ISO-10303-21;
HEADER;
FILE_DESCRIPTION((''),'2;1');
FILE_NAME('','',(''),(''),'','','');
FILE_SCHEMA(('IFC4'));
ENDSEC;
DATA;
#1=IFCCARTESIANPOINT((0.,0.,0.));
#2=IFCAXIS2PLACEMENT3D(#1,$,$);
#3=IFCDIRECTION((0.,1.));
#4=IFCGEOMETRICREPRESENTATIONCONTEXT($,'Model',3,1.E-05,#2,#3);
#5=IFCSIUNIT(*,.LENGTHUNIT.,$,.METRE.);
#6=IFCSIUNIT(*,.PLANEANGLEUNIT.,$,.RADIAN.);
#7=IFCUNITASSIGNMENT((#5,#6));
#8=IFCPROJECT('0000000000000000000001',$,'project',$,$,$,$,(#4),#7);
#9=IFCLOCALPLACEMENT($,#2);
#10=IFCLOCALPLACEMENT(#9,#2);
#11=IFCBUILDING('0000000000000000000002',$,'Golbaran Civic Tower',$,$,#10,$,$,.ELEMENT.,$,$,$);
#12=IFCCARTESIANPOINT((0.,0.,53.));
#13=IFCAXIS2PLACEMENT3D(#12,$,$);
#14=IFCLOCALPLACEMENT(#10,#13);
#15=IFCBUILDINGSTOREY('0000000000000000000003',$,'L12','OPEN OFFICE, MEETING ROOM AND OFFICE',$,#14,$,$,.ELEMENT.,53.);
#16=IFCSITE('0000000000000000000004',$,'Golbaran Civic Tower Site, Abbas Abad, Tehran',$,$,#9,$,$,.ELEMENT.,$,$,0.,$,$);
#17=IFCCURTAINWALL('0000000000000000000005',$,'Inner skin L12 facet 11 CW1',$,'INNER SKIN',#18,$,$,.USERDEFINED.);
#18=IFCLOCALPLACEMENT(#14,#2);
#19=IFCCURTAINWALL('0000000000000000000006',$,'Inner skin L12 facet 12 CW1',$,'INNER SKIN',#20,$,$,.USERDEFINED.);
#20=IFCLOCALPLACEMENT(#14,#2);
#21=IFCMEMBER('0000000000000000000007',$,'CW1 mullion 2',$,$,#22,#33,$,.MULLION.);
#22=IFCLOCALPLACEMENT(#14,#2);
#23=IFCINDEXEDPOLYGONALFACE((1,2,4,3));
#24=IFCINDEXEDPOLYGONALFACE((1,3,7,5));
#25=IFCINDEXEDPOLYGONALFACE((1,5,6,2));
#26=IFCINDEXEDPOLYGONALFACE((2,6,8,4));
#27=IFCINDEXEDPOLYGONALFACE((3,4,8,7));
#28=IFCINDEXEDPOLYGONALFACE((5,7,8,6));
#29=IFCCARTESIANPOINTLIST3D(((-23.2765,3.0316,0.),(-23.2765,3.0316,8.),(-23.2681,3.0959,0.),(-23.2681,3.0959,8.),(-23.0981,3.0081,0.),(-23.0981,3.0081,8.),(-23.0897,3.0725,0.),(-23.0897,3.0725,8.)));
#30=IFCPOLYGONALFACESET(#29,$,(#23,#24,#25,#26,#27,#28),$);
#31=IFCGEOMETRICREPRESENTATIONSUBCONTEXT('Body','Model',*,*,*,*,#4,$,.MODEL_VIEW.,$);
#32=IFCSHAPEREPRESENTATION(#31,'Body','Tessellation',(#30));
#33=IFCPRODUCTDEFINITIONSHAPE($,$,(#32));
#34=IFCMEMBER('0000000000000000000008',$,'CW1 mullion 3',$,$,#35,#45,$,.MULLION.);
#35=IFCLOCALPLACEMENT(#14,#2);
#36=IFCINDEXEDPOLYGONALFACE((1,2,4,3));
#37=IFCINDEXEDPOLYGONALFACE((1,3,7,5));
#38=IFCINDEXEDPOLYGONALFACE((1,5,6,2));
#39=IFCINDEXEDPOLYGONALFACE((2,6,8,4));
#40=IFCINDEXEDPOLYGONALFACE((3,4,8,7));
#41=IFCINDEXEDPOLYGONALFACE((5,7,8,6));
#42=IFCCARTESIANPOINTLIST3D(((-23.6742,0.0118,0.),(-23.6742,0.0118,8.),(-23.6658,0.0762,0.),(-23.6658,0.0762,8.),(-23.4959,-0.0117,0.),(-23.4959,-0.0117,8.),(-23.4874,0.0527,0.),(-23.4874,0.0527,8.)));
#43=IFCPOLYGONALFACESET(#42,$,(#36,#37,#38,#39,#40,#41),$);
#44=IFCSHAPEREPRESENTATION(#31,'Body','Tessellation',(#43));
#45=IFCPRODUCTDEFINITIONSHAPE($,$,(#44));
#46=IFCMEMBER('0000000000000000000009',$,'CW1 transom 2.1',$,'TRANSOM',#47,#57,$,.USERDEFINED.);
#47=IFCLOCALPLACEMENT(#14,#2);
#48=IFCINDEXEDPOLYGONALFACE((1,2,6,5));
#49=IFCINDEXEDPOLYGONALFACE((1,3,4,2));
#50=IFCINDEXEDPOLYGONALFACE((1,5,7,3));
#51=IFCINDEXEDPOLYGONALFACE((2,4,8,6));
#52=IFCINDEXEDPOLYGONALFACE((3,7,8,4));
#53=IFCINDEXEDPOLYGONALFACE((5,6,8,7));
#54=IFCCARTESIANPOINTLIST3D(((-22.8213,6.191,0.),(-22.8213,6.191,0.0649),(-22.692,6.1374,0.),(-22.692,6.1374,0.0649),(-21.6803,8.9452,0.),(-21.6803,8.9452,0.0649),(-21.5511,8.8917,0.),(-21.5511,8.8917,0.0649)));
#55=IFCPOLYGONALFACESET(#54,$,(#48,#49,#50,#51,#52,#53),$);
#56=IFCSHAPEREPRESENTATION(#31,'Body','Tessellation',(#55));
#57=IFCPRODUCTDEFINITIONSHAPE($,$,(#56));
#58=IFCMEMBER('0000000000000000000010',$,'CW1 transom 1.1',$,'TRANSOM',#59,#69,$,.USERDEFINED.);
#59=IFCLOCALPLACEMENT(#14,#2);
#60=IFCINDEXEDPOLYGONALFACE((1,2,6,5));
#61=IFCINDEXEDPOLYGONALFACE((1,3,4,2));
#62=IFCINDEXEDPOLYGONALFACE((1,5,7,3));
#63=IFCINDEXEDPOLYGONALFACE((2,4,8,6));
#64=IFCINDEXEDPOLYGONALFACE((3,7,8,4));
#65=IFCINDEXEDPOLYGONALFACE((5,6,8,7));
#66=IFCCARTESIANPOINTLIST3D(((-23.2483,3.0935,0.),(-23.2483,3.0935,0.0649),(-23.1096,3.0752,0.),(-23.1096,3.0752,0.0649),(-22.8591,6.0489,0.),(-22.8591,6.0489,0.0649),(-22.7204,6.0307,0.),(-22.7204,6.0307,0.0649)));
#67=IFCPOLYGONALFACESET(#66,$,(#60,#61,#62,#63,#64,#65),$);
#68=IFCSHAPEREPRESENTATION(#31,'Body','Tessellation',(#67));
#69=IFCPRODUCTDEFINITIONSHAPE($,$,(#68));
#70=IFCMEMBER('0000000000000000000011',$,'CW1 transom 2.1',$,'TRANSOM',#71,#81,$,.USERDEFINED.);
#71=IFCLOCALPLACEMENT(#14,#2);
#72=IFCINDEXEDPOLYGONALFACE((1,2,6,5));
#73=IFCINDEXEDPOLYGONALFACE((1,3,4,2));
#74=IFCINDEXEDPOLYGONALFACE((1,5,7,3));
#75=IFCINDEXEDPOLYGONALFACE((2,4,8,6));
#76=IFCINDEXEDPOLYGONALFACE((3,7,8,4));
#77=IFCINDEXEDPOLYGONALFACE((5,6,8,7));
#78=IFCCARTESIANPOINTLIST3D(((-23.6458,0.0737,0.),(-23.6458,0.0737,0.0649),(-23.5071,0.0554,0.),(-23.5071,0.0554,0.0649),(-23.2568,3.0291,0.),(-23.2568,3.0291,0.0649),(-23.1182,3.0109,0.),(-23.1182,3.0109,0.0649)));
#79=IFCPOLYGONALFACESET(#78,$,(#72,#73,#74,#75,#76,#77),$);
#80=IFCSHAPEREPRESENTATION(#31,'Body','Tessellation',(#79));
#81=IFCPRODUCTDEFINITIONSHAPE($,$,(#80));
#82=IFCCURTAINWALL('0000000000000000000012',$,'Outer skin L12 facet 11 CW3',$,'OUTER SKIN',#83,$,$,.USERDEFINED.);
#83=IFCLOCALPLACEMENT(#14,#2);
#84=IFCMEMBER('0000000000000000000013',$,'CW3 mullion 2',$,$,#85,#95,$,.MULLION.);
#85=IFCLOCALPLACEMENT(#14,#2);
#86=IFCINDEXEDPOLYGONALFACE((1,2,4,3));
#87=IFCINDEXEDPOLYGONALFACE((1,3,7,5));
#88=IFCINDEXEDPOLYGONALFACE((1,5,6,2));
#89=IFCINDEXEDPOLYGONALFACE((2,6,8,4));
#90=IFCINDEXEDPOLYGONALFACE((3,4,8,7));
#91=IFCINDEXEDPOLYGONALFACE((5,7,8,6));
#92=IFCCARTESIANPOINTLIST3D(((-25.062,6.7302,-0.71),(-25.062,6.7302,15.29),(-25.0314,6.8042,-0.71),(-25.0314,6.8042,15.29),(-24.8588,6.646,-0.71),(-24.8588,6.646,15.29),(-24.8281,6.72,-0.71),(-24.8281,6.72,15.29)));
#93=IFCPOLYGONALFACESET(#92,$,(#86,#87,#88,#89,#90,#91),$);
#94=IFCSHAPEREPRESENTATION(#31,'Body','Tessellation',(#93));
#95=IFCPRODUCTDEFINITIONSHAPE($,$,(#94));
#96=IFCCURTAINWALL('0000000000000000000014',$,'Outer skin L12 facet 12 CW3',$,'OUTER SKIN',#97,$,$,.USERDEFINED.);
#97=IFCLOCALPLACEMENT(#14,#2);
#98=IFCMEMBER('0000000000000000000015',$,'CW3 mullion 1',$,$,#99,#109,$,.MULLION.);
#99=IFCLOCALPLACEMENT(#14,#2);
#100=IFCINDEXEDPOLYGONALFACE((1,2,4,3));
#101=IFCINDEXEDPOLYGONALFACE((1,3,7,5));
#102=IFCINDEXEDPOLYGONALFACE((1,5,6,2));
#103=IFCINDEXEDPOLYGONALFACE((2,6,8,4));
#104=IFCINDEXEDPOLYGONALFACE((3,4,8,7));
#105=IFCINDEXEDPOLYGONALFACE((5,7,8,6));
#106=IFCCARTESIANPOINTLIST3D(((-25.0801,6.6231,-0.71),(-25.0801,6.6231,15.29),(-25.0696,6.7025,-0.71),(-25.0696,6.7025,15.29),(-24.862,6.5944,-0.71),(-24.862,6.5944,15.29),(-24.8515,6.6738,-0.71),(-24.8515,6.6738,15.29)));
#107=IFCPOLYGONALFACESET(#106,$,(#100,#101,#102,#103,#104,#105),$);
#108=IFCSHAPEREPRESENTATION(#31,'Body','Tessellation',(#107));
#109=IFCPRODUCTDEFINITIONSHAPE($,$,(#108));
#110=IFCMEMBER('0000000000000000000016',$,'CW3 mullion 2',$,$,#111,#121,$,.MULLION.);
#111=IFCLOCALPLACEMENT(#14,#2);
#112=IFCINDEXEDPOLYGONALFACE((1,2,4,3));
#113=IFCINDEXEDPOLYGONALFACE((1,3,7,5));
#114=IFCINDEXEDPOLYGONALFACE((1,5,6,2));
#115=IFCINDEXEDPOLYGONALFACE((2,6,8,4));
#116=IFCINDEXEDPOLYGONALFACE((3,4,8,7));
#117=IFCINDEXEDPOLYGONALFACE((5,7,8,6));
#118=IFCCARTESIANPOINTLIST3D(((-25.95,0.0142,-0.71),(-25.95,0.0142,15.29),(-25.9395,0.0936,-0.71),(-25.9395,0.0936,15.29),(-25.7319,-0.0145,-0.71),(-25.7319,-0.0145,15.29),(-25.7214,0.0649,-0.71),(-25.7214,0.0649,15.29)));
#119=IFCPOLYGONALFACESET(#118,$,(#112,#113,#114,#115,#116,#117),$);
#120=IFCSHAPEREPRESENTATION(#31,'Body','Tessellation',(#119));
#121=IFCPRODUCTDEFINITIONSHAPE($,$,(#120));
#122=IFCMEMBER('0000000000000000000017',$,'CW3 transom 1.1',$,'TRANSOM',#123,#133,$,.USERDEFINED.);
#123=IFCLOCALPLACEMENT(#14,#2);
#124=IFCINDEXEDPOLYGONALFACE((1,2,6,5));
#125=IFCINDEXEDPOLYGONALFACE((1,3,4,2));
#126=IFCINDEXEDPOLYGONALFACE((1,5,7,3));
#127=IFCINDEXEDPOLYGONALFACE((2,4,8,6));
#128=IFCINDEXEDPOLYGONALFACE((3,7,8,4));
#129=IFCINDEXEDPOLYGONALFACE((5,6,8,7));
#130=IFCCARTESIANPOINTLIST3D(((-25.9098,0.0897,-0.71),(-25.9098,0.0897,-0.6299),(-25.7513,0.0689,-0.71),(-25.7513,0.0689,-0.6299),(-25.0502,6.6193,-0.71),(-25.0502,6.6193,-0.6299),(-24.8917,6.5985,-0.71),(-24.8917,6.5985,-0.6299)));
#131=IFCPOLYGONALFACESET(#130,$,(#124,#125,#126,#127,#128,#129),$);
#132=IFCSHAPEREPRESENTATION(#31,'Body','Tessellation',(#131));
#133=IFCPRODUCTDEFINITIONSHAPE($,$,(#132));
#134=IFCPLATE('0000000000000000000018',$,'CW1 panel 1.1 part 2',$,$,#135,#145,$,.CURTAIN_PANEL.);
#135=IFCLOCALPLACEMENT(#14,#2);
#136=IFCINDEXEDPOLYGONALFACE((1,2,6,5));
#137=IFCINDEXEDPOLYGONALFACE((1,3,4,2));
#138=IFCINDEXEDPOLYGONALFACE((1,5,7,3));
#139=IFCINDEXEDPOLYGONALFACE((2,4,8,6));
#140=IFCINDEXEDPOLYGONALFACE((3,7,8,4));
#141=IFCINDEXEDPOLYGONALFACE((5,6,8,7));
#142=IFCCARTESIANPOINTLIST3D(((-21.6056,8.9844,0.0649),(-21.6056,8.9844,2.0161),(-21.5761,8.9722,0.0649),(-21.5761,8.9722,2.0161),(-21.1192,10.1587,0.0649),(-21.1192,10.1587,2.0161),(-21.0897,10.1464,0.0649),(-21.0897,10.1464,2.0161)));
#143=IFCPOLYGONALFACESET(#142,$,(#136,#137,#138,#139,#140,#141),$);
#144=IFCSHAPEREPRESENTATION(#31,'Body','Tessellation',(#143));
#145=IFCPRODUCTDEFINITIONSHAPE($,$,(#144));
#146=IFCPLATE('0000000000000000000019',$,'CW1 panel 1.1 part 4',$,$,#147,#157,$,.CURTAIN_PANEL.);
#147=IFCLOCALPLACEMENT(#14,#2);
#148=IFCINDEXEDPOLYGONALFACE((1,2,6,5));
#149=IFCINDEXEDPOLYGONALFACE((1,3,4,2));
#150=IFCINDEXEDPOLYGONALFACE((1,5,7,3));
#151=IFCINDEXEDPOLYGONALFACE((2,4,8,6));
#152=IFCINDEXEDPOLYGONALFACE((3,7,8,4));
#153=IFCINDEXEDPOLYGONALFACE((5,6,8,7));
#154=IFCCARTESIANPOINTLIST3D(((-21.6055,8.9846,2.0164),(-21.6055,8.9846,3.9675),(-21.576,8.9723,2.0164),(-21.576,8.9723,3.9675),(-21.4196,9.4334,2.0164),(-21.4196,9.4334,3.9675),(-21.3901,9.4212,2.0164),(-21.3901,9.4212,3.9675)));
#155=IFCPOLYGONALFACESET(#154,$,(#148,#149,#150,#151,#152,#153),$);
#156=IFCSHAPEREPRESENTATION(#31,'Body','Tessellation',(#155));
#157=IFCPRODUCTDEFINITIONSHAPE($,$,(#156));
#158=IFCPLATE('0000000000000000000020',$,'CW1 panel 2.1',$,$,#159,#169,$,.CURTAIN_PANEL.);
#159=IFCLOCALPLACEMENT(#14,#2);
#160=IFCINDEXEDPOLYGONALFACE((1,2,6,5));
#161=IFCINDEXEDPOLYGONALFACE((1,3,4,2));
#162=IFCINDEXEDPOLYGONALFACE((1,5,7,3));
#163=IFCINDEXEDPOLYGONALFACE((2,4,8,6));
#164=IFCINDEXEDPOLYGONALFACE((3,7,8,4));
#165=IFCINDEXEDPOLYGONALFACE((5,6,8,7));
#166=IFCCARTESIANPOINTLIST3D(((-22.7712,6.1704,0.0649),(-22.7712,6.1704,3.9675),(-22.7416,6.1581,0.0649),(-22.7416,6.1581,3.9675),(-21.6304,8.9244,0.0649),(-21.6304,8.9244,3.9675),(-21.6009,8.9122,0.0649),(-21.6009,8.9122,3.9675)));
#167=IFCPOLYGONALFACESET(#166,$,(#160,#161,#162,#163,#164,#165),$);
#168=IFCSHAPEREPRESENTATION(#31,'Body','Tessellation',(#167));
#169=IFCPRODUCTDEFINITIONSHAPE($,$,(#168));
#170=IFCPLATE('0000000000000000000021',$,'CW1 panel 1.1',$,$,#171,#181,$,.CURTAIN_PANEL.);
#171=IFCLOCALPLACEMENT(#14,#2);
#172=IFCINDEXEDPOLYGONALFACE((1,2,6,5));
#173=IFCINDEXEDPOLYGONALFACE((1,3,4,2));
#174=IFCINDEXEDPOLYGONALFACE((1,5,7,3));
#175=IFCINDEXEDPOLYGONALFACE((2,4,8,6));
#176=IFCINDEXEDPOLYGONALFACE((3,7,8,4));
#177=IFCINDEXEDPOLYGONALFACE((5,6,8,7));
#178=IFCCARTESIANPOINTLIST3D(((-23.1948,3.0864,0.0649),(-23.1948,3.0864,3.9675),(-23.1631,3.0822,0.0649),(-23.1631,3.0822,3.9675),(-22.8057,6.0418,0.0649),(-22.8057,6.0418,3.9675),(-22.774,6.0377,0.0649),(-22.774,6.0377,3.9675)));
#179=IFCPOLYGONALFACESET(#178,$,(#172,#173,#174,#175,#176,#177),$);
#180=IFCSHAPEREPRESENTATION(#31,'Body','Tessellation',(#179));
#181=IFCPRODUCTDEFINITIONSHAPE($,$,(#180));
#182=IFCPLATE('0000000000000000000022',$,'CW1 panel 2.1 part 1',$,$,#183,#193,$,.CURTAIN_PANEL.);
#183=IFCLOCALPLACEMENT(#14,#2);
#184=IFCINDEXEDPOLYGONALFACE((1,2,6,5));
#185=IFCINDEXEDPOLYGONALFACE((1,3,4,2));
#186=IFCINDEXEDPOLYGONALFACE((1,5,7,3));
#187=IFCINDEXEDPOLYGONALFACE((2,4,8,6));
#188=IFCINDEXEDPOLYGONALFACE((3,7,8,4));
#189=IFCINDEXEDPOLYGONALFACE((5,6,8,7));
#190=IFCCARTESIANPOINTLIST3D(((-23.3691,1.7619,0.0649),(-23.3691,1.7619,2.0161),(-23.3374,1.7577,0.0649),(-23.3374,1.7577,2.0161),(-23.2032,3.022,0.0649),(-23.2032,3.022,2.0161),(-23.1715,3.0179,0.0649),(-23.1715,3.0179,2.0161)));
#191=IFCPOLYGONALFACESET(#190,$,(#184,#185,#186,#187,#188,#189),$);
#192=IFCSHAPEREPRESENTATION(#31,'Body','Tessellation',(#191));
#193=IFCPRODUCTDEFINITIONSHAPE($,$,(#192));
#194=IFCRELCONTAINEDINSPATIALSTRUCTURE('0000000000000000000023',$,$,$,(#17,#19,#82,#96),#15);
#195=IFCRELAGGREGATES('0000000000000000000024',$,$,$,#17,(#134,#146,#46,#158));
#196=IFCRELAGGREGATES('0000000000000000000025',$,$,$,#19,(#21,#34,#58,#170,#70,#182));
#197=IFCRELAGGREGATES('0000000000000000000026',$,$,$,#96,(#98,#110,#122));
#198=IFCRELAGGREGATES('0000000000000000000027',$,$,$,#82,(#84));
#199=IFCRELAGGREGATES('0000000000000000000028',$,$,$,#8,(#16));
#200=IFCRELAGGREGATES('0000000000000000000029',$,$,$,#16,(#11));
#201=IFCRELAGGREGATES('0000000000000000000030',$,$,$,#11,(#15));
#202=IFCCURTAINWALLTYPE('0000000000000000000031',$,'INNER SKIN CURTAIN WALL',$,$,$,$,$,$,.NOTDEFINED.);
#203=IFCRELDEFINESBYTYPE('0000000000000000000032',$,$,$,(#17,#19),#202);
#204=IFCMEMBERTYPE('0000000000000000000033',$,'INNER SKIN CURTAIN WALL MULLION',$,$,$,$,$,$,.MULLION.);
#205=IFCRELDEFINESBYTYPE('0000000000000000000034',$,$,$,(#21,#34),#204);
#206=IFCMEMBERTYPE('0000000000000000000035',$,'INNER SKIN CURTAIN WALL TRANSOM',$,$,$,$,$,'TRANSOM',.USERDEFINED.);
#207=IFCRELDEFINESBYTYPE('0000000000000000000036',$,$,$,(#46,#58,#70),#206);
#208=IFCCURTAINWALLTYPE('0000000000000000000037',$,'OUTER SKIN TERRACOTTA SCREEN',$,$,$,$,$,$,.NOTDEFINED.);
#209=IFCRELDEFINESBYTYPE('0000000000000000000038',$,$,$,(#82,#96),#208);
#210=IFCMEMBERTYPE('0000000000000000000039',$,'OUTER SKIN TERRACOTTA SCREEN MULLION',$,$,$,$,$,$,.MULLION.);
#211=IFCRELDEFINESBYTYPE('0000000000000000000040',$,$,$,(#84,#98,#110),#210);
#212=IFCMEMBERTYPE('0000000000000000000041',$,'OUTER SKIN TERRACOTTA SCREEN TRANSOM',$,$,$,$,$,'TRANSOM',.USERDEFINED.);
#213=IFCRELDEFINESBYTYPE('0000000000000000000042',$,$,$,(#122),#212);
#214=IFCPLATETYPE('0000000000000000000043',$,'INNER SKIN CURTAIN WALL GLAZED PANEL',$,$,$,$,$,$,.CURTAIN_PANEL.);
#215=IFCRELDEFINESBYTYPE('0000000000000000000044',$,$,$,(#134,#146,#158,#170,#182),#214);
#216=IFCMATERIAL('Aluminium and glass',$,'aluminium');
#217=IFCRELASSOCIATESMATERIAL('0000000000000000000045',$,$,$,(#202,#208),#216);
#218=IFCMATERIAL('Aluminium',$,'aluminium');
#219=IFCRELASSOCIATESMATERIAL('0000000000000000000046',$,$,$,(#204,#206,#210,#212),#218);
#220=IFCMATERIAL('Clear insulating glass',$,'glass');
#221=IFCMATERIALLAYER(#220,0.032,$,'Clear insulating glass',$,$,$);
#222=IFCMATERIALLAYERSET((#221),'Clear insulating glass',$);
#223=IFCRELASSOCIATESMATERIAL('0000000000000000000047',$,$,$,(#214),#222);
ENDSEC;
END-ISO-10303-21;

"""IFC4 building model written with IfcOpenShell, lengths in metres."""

from ifc_helpers import new_model, si_unit, direction, frame, origin, origin_2d, place, context, subcontext, project, spatial, rectangle, extrude, material, layer, layer_set, material_profile, profile_set, type_object, element, aggregate, save


model = new_model("IFC4")

# Units and contexts
model_context = context("Model", 3, precision=1e-05, world=origin(), true_north=direction((0.0, 1.0)))
body_context = subcontext(model_context, "Body", "Model", "MODEL_VIEW")
ifc_project = project(units=[si_unit("LENGTHUNIT", "METRE"), si_unit("PLANEANGLEUNIT", "RADIAN")], contexts=[model_context])

# Site, building, storey
site_placement = place(None, origin())
site = spatial("IfcSite", under=ifc_project, at=site_placement, Name="Golbaran Civic Tower Site, Abbas Abad, Tehran", CompositionType="ELEMENT", RefElevation=0.0)
building_placement = place(site_placement, origin())
building = spatial("IfcBuilding", under=site, at=building_placement, Name="Golbaran Civic Tower", CompositionType="ELEMENT")
storey_placement = place(building_placement, frame((0.0, 0.0, 53.0)))
storey = spatial("IfcBuildingStorey", under=building, at=storey_placement, Name="L12", Description="OPEN OFFICE, MEETING ROOM AND OFFICE", CompositionType="ELEMENT", Elevation=53.0)

# Curtain walls, members
ifc_material_1 = material(Name="Aluminium and glass", Category="aluminium")
curtain_wall_type_1 = type_object("IfcCurtainWallType", Name="INNER SKIN CURTAIN WALL", PredefinedType="NOTDEFINED", material=ifc_material_1)
curtain_wall_1_placement = place(storey_placement, origin())
curtain_wall_1 = element("IfcCurtainWall", 1, at=curtain_wall_1_placement, inside=storey, type_object=curtain_wall_type_1, Name="Inner skin L12 facet 11 CW1", ObjectType="INNER SKIN", PredefinedType="USERDEFINED")
ifc_material_2 = material(Name="Aluminium", Category="aluminium")
ifc_material_profile_1 = material_profile(ifc_material_2, rectangle(XDim=0.1799, YDim=0.0649, at=origin_2d()), Name="INNER SKIN CURTAIN WALL MULLION")
ifc_profile_set_1 = profile_set([ifc_material_profile_1], Name="Aluminium")
member_type_1 = type_object("IfcMemberType", Name="INNER SKIN CURTAIN WALL MULLION", PredefinedType="MULLION", material=ifc_profile_set_1)
curtain_wall_2_placement = place(storey_placement, origin())
curtain_wall_2 = element("IfcCurtainWall", 2, at=curtain_wall_2_placement, inside=storey, type_object=curtain_wall_type_1, Name="Inner skin L12 facet 12 CW1", ObjectType="INNER SKIN", PredefinedType="USERDEFINED")
member_1_placement = place(storey_placement, frame((-23.1831, 3.052, 0.0), z_axis=(0.0, 0.0, 1.0), x_axis=(0.991445, -0.130526, 0.0)))
member_1 = element("IfcMember", 3, at=member_1_placement, type_object=member_type_1, Name="CW1 mullion 2", PredefinedType="MULLION", context=body_context, shape_type="SweptSolid", body=[
    extrude(rectangle(XDim=0.1799, YDim=0.0649, at=origin_2d()), origin(), (0.0, 0.0, 1.0), 8.0),
])
member_2_placement = place(storey_placement, frame((-23.5808, 0.0322, 0.0), z_axis=(0.0, 0.0, 1.0), x_axis=(0.991445, -0.130526, 0.0)))
member_2 = element("IfcMember", 4, at=member_2_placement, type_object=member_type_1, Name="CW1 mullion 3", PredefinedType="MULLION", context=body_context, shape_type="SweptSolid", body=[
    extrude(rectangle(XDim=0.1799, YDim=0.0649, at=origin_2d()), origin(), (0.0, 0.0, 1.0), 8.0),
])

# Members
ifc_material_profile_2 = material_profile(ifc_material_2, rectangle(XDim=0.1399, YDim=0.0649, at=origin_2d()), Name="INNER SKIN CURTAIN WALL TRANSOM")
ifc_profile_set_2 = profile_set([ifc_material_profile_2], Name="Aluminium")
member_type_2 = type_object("IfcMemberType", Name="INNER SKIN CURTAIN WALL TRANSOM", ElementType="TRANSOM", PredefinedType="USERDEFINED", material=ifc_profile_set_2)
member_3_placement = place(storey_placement, frame((-21.6157, 8.9185, 0.0325), z_axis=(-0.382701, -0.923872, 0.0), x_axis=(0.923872, -0.382701, 0.0)))
member_3 = element("IfcMember", 5, at=member_3_placement, type_object=member_type_2, Name="CW1 transom 2.1", ObjectType="TRANSOM", PredefinedType="USERDEFINED", context=body_context, shape_type="SweptSolid", body=[
    extrude(rectangle(XDim=0.1399, YDim=0.0649, at=origin_2d()), origin(), (0.0, 0.0, 1.0), 2.9812),
])
member_4_placement = place(storey_placement, frame((-22.7898, 6.0398, 0.0325), z_axis=(-0.130543, -0.991443, 0.0), x_axis=(0.991443, -0.130543, 0.0)))
member_4 = element("IfcMember", 6, at=member_4_placement, type_object=member_type_2, Name="CW1 transom 1.1", ObjectType="TRANSOM", PredefinedType="USERDEFINED", context=body_context, shape_type="SweptSolid", body=[
    extrude(rectangle(XDim=0.1399, YDim=0.0649, at=origin_2d()), origin(), (0.0, 0.0, 1.0), 2.981),
])
member_5_placement = place(storey_placement, frame((-23.1875, 3.02, 0.0325), z_axis=(-0.130463, -0.991453, 0.0), x_axis=(0.991453, -0.130463, 0.0)))
member_5 = element("IfcMember", 7, at=member_5_placement, type_object=member_type_2, Name="CW1 transom 2.1", ObjectType="TRANSOM", PredefinedType="USERDEFINED", context=body_context, shape_type="SweptSolid", body=[
    extrude(rectangle(XDim=0.1399, YDim=0.0649, at=origin_2d()), origin(), (0.0, 0.0, 1.0), 2.981),
])

# Curtain wall, member
curtain_wall_type_2 = type_object("IfcCurtainWallType", Name="OUTER SKIN TERRACOTTA SCREEN", PredefinedType="NOTDEFINED", material=ifc_material_1)
curtain_wall_3_placement = place(storey_placement, origin())
curtain_wall_3 = element("IfcCurtainWall", 8, at=curtain_wall_3_placement, inside=storey, type_object=curtain_wall_type_2, Name="Outer skin L12 facet 11 CW3", ObjectType="OUTER SKIN", PredefinedType="USERDEFINED")
ifc_material_profile_3 = material_profile(ifc_material_2, rectangle(XDim=0.22, YDim=0.0801, at=origin_2d()), Name="OUTER SKIN TERRACOTTA SCREEN MULLION")
ifc_profile_set_3 = profile_set([ifc_material_profile_3], Name="Aluminium")
member_type_3 = type_object("IfcMemberType", Name="OUTER SKIN TERRACOTTA SCREEN MULLION", PredefinedType="MULLION", material=ifc_profile_set_3)
member_6_placement = place(storey_placement, frame((-24.9451, 6.7251, -0.71), z_axis=(0.0, 0.0, 1.0), x_axis=(0.92388, -0.382683, 0.0)))
member_6 = element("IfcMember", 9, at=member_6_placement, type_object=member_type_3, Name="CW3 mullion 2", PredefinedType="MULLION", context=body_context, shape_type="SweptSolid", body=[
    extrude(rectangle(XDim=0.22, YDim=0.0801, at=origin_2d()), origin(), (0.0, 0.0, 1.0), 16.0),
])

# Curtain wall, members
curtain_wall_4_placement = place(storey_placement, origin())
curtain_wall_4 = element("IfcCurtainWall", 10, at=curtain_wall_4_placement, inside=storey, type_object=curtain_wall_type_2, Name="Outer skin L12 facet 12 CW3", ObjectType="OUTER SKIN", PredefinedType="USERDEFINED")
member_7_placement = place(storey_placement, frame((-24.9658, 6.6484, -0.71), z_axis=(0.0, 0.0, 1.0), x_axis=(0.991445, -0.130526, 0.0)))
member_7 = element("IfcMember", 11, at=member_7_placement, type_object=member_type_3, Name="CW3 mullion 1", PredefinedType="MULLION", context=body_context, shape_type="SweptSolid", body=[
    extrude(rectangle(XDim=0.22, YDim=0.0801, at=origin_2d()), origin(), (0.0, 0.0, 1.0), 16.0),
])
member_8_placement = place(storey_placement, frame((-25.8357, 0.0396, -0.71), z_axis=(0.0, 0.0, 1.0), x_axis=(0.991445, -0.130526, 0.0)))
member_8 = element("IfcMember", 12, at=member_8_placement, type_object=member_type_3, Name="CW3 mullion 2", PredefinedType="MULLION", context=body_context, shape_type="SweptSolid", body=[
    extrude(rectangle(XDim=0.22, YDim=0.0801, at=origin_2d()), origin(), (0.0, 0.0, 1.0), 16.0),
])
ifc_material_profile_4 = material_profile(ifc_material_2, rectangle(XDim=0.1599, YDim=0.0801, at=origin_2d()), Name="OUTER SKIN TERRACOTTA SCREEN TRANSOM")
ifc_profile_set_4 = profile_set([ifc_material_profile_4], Name="Aluminium")
member_type_4 = type_object("IfcMemberType", Name="OUTER SKIN TERRACOTTA SCREEN TRANSOM", ElementType="TRANSOM", PredefinedType="USERDEFINED", material=ifc_profile_set_4)
member_9_placement = place(storey_placement, frame((-24.9709, 6.6089, -0.6699), z_axis=(-0.130525, -0.991445, 0.0), x_axis=(0.991445, -0.130525, 0.0)))
member_9 = element("IfcMember", 13, at=member_9_placement, type_object=member_type_4, Name="CW3 transom 1.1", ObjectType="TRANSOM", PredefinedType="USERDEFINED", context=body_context, shape_type="SweptSolid", body=[
    extrude(rectangle(XDim=0.1599, YDim=0.0801, at=origin_2d()), origin(), (0.0, 0.0, 1.0), 6.5859),
])

# Plates
ifc_material_3 = material(Name="Clear insulating glass", Category="glass")
ifc_layer_1 = layer(ifc_material_3, 0.032, Name="Clear insulating glass")
ifc_layer_set_1 = layer_set([ifc_layer_1], Name="Clear insulating glass")
plate_type_1 = type_object("IfcPlateType", Name="INNER SKIN CURTAIN WALL GLAZED PANEL", PredefinedType="CURTAIN_PANEL", material=ifc_layer_set_1)
plate_1_placement = place(storey_placement, frame((-21.3477, 9.5654, 0.0649), z_axis=(0.0, 0.0, 1.0), x_axis=(-0.382683, -0.92388, 0.0)))
plate_1 = element("IfcPlate", 14, at=plate_1_placement, type_object=plate_type_1, Name="CW1 panel 1.1 part 2", PredefinedType="CURTAIN_PANEL", context=body_context, shape_type="SweptSolid", body=[
    extrude(rectangle(XDim=1.271, YDim=0.032, at=origin_2d()), origin(), (0.0, 0.0, 1.0), 1.9512),
])
plate_2_placement = place(storey_placement, frame((-21.4978, 9.2029, 2.0164), z_axis=(0.0, 0.0, 1.0), x_axis=(-0.382683, -0.92388, 0.0)))
plate_2 = element("IfcPlate", 15, at=plate_2_placement, type_object=plate_type_1, Name="CW1 panel 1.1 part 4", PredefinedType="CURTAIN_PANEL", context=body_context, shape_type="SweptSolid", body=[
    extrude(rectangle(XDim=0.4858, YDim=0.032, at=origin_2d()), origin(), (0.0, 0.0, 1.0), 1.9512),
])
plate_3_placement = place(storey_placement, frame((-22.186, 7.5413, 0.0649), z_axis=(0.0, 0.0, 1.0), x_axis=(-0.382683, -0.92388, 0.0)))
plate_3 = element("IfcPlate", 16, at=plate_3_placement, type_object=plate_type_1, Name="CW1 panel 2.1", PredefinedType="CURTAIN_PANEL", context=body_context, shape_type="SweptSolid", body=[
    extrude(rectangle(XDim=2.981, YDim=0.032, at=origin_2d()), origin(), (0.0, 0.0, 1.0), 3.9026),
])
plate_4_placement = place(storey_placement, frame((-22.9844, 4.562, 0.0649), z_axis=(0.0, 0.0, 1.0), x_axis=(-0.130526, -0.991445, 0.0)))
plate_4 = element("IfcPlate", 17, at=plate_4_placement, type_object=plate_type_1, Name="CW1 panel 1.1", PredefinedType="CURTAIN_PANEL", context=body_context, shape_type="SweptSolid", body=[
    extrude(rectangle(XDim=2.981, YDim=0.032, at=origin_2d()), origin(), (0.0, 0.0, 1.0), 3.9026),
])
plate_5_placement = place(storey_placement, frame((-23.2703, 2.3899, 0.0649), z_axis=(0.0, 0.0, 1.0), x_axis=(-0.130526, -0.991445, 0.0)))
plate_5 = element("IfcPlate", 18, at=plate_5_placement, type_object=plate_type_1, Name="CW1 panel 2.1 part 1", PredefinedType="CURTAIN_PANEL", context=body_context, shape_type="SweptSolid", body=[
    extrude(rectangle(XDim=1.271, YDim=0.032, at=origin_2d()), origin(), (0.0, 0.0, 1.0), 1.9512),
])
aggregate(curtain_wall_1, [plate_1, plate_2, member_3, plate_3])
aggregate(curtain_wall_2, [member_1, member_2, member_4, plate_4, member_5, plate_5])
aggregate(curtain_wall_4, [member_7, member_8, member_9])
aggregate(curtain_wall_3, [member_6])

save(model, "model.ifc")
